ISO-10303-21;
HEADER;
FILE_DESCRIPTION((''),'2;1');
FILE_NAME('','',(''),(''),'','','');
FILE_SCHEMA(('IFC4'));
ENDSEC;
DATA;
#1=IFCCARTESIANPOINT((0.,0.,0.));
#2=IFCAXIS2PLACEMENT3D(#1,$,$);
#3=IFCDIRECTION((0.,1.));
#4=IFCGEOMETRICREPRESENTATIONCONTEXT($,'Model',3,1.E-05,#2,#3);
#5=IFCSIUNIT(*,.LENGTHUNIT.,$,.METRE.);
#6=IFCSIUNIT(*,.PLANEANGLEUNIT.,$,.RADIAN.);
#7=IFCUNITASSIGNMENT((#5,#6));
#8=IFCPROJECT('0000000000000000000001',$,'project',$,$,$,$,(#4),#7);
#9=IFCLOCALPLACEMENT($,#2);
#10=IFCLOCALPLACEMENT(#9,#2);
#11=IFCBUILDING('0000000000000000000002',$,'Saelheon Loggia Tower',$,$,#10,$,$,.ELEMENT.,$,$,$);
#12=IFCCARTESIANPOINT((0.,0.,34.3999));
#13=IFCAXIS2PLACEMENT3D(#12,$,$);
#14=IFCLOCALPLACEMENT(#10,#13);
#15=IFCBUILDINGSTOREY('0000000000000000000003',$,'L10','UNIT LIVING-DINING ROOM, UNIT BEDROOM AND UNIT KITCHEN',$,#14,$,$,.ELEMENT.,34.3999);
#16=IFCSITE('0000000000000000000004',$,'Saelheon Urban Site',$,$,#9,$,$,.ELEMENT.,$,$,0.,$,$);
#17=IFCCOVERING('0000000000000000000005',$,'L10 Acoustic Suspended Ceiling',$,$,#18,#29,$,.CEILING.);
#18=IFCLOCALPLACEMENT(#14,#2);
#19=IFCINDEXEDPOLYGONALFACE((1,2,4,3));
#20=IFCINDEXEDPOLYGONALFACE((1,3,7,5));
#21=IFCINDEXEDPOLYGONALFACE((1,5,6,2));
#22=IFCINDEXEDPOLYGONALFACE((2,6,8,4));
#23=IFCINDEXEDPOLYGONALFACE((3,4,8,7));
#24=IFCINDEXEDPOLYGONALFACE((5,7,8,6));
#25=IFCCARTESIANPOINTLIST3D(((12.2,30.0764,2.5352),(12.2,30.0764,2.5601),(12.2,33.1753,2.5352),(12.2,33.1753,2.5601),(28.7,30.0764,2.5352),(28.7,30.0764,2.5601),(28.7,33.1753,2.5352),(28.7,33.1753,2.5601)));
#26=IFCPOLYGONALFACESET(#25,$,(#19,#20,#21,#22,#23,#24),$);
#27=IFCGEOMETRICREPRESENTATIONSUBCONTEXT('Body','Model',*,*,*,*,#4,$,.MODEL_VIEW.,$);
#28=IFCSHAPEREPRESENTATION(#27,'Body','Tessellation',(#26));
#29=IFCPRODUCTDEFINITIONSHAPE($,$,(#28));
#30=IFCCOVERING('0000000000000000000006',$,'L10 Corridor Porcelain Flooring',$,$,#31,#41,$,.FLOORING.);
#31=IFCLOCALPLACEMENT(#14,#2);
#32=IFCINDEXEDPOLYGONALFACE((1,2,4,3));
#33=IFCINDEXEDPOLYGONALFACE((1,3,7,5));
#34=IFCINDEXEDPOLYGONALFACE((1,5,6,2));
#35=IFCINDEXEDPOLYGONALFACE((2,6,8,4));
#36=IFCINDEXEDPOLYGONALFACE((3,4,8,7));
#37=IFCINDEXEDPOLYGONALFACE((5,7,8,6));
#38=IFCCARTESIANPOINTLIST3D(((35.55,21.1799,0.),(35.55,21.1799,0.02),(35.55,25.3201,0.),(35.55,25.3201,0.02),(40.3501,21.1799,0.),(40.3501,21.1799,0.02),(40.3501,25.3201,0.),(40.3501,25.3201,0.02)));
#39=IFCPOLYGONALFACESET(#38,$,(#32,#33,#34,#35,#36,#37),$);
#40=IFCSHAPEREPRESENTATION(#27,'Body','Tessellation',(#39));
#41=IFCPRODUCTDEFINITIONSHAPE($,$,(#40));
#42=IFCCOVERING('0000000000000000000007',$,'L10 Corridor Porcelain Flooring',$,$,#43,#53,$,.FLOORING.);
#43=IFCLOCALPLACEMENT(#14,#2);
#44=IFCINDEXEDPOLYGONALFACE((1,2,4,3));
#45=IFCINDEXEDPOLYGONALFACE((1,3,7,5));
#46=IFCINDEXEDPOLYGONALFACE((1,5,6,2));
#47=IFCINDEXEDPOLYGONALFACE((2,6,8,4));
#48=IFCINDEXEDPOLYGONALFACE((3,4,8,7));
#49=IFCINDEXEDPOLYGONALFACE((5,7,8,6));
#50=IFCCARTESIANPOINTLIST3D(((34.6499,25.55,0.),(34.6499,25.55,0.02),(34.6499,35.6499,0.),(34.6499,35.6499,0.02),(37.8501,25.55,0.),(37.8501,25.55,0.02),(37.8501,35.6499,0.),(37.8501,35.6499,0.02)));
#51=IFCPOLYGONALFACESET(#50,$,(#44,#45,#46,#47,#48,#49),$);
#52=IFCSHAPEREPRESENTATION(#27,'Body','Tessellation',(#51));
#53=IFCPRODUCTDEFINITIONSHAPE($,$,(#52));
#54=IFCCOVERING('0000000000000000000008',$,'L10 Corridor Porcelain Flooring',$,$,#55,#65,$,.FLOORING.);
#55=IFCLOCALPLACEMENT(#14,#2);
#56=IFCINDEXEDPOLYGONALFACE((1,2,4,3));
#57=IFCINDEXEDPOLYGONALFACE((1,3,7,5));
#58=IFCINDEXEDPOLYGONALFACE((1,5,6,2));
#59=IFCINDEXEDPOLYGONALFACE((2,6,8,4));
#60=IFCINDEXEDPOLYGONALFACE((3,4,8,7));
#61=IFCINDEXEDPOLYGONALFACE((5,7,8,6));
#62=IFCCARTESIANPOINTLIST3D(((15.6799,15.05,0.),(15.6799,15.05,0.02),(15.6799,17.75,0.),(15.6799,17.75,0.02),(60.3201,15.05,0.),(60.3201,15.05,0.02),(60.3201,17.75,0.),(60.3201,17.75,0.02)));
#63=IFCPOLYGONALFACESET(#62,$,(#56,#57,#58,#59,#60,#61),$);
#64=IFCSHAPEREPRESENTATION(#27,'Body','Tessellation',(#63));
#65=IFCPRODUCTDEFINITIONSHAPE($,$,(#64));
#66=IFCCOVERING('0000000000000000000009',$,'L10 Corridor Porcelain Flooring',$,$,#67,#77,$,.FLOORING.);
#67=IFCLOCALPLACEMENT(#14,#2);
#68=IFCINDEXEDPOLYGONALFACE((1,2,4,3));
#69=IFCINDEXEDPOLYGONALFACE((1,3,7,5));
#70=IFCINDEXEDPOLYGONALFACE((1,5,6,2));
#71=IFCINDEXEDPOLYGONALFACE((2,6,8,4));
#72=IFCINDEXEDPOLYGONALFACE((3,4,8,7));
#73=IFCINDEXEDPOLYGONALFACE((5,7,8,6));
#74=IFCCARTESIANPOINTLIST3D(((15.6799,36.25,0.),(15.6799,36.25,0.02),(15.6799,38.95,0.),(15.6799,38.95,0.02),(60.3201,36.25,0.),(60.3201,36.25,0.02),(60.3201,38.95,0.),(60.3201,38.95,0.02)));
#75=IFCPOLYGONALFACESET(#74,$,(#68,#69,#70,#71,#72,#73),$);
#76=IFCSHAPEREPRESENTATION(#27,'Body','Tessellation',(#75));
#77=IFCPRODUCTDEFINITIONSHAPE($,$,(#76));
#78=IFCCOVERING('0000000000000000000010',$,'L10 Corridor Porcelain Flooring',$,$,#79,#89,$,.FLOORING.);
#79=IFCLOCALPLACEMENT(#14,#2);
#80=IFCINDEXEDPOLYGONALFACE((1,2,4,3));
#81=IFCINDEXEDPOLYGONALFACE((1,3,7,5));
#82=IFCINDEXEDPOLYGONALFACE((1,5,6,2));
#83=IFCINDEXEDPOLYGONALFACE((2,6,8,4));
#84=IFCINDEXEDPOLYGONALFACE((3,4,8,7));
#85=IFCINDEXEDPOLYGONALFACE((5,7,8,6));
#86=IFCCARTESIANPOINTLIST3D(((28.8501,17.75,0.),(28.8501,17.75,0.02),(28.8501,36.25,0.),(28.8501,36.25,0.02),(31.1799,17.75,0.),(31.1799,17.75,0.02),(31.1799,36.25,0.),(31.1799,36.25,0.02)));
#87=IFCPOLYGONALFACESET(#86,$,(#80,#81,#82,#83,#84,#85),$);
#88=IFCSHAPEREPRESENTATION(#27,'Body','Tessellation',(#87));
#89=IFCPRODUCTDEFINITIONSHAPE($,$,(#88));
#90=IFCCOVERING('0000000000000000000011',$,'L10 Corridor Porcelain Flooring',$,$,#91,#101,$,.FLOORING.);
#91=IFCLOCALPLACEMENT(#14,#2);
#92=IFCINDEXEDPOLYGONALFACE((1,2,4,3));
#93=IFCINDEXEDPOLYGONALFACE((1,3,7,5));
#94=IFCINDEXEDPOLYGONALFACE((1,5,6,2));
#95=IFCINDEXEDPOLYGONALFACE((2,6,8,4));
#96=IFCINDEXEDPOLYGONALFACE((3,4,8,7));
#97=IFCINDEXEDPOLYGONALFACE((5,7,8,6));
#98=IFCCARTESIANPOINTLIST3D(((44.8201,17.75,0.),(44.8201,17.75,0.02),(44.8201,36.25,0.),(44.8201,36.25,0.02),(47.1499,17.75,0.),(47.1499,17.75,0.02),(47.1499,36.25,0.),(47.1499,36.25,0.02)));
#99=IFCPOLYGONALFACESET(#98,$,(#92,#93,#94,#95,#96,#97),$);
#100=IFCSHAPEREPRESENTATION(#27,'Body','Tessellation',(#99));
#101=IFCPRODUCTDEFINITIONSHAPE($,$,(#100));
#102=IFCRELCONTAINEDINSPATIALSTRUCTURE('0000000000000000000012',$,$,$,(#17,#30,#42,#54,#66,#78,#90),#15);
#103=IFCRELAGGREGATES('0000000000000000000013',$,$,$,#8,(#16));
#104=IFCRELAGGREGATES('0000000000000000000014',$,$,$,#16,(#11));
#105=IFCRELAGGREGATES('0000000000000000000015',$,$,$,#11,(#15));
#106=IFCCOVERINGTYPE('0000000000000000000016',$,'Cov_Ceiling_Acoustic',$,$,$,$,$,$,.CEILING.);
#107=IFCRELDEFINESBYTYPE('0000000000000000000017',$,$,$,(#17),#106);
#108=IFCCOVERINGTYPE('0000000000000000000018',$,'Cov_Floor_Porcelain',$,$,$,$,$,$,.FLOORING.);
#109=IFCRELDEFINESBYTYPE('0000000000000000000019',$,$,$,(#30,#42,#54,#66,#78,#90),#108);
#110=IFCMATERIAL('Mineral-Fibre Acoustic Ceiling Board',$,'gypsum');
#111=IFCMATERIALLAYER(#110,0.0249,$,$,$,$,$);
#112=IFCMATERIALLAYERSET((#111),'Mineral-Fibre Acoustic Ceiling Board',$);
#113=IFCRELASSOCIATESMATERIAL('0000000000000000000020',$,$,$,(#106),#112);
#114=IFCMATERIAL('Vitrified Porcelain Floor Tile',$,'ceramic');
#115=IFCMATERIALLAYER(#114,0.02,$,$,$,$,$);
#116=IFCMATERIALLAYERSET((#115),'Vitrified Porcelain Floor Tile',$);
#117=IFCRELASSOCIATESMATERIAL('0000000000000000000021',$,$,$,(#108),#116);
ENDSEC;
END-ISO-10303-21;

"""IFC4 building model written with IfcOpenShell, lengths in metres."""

from ifc_helpers import new_model, si_unit, direction, frame, origin, place, context, subcontext, project, spatial, polyline, outline, extrude, material, layer, layer_set, type_object, element, save


model = new_model("IFC4")

# Units and contexts
model_context = context("Model", 3, precision=1e-05, world=origin(), true_north=direction((0.0, 1.0)))
body_context = subcontext(model_context, "Body", "Model", "MODEL_VIEW")
ifc_project = project(units=[si_unit("LENGTHUNIT", "METRE"), si_unit("PLANEANGLEUNIT", "RADIAN")], contexts=[model_context])

# Site, building, storey
site_placement = place(None, origin())
site = spatial("IfcSite", under=ifc_project, at=site_placement, Name="Saelheon Urban Site", CompositionType="ELEMENT", RefElevation=0.0)
building_placement = place(site_placement, origin())
building = spatial("IfcBuilding", under=site, at=building_placement, Name="Saelheon Loggia Tower", CompositionType="ELEMENT")
storey_placement = place(building_placement, frame((0.0, 0.0, 34.3999)))
storey = spatial("IfcBuildingStorey", under=building, at=storey_placement, Name="L10", Description="UNIT LIVING-DINING ROOM, UNIT BEDROOM AND UNIT KITCHEN", CompositionType="ELEMENT", Elevation=34.3999)

# Coverings
ifc_material_1 = material(Name="Mineral-Fibre Acoustic Ceiling Board", Category="gypsum")
ifc_layer_1 = layer(ifc_material_1, 0.0249)
ifc_layer_set_1 = layer_set([ifc_layer_1], Name="Mineral-Fibre Acoustic Ceiling Board")
covering_type_1 = type_object("IfcCoveringType", Name="Cov_Ceiling_Acoustic", PredefinedType="CEILING", material=ifc_layer_set_1)
covering_1_placement = place(storey_placement, frame((0.0, 0.0, 2.5352)))
element("IfcCovering", 1, at=covering_1_placement, inside=storey, type_object=covering_type_1, Name="L10 Acoustic Suspended Ceiling", PredefinedType="CEILING", context=body_context, shape_type="SweptSolid", body=[
    extrude(outline(polyline([(12.2, 30.0764), (28.7, 30.0764), (28.7, 33.1753), (12.2, 33.1753), (12.2, 30.0764)])), origin(), (0.0, 0.0, 1.0), 0.0249),
])
ifc_material_2 = material(Name="Vitrified Porcelain Floor Tile", Category="ceramic")
ifc_layer_2 = layer(ifc_material_2, 0.02)
ifc_layer_set_2 = layer_set([ifc_layer_2], Name="Vitrified Porcelain Floor Tile")
covering_type_2 = type_object("IfcCoveringType", Name="Cov_Floor_Porcelain", PredefinedType="FLOORING", material=ifc_layer_set_2)
covering_2_placement = place(storey_placement, origin())
element("IfcCovering", 2, at=covering_2_placement, inside=storey, type_object=covering_type_2, Name="L10 Corridor Porcelain Flooring", PredefinedType="FLOORING", context=body_context, shape_type="SweptSolid", body=[
    extrude(outline(polyline([(35.55, 21.1799), (40.3501, 21.1799), (40.3501, 25.3201), (35.55, 25.3201), (35.55, 21.1799)])), origin(), (0.0, 0.0, 1.0), 0.02),
])
covering_3_placement = place(storey_placement, origin())
element("IfcCovering", 3, at=covering_3_placement, inside=storey, type_object=covering_type_2, Name="L10 Corridor Porcelain Flooring", PredefinedType="FLOORING", context=body_context, shape_type="SweptSolid", body=[
    extrude(outline(polyline([(34.6499, 25.55), (37.8501, 25.55), (37.8501, 35.6499), (34.6499, 35.6499), (34.6499, 25.55)])), origin(), (0.0, 0.0, 1.0), 0.02),
])
covering_4_placement = place(storey_placement, origin())
element("IfcCovering", 4, at=covering_4_placement, inside=storey, type_object=covering_type_2, Name="L10 Corridor Porcelain Flooring", PredefinedType="FLOORING", context=body_context, shape_type="SweptSolid", body=[
    extrude(outline(polyline([(15.6799, 15.05), (60.3201, 15.05), (60.3201, 17.75), (15.6799, 17.75), (15.6799, 15.05)])), origin(), (0.0, 0.0, 1.0), 0.02),
])
covering_5_placement = place(storey_placement, origin())
element("IfcCovering", 5, at=covering_5_placement, inside=storey, type_object=covering_type_2, Name="L10 Corridor Porcelain Flooring", PredefinedType="FLOORING", context=body_context, shape_type="SweptSolid", body=[
    extrude(outline(polyline([(15.6799, 36.25), (60.3201, 36.25), (60.3201, 38.95), (15.6799, 38.95), (15.6799, 36.25)])), origin(), (0.0, 0.0, 1.0), 0.02),
])
covering_6_placement = place(storey_placement, origin())
element("IfcCovering", 6, at=covering_6_placement, inside=storey, type_object=covering_type_2, Name="L10 Corridor Porcelain Flooring", PredefinedType="FLOORING", context=body_context, shape_type="SweptSolid", body=[
    extrude(outline(polyline([(28.8501, 17.75), (31.1799, 17.75), (31.1799, 36.25), (28.8501, 36.25), (28.8501, 17.75)])), origin(), (0.0, 0.0, 1.0), 0.02),
])
covering_7_placement = place(storey_placement, origin())
element("IfcCovering", 7, at=covering_7_placement, inside=storey, type_object=covering_type_2, Name="L10 Corridor Porcelain Flooring", PredefinedType="FLOORING", context=body_context, shape_type="SweptSolid", body=[
    extrude(outline(polyline([(44.8201, 17.75), (47.1499, 17.75), (47.1499, 36.25), (44.8201, 36.25), (44.8201, 17.75)])), origin(), (0.0, 0.0, 1.0), 0.02),
])

save(model, "model.ifc")
